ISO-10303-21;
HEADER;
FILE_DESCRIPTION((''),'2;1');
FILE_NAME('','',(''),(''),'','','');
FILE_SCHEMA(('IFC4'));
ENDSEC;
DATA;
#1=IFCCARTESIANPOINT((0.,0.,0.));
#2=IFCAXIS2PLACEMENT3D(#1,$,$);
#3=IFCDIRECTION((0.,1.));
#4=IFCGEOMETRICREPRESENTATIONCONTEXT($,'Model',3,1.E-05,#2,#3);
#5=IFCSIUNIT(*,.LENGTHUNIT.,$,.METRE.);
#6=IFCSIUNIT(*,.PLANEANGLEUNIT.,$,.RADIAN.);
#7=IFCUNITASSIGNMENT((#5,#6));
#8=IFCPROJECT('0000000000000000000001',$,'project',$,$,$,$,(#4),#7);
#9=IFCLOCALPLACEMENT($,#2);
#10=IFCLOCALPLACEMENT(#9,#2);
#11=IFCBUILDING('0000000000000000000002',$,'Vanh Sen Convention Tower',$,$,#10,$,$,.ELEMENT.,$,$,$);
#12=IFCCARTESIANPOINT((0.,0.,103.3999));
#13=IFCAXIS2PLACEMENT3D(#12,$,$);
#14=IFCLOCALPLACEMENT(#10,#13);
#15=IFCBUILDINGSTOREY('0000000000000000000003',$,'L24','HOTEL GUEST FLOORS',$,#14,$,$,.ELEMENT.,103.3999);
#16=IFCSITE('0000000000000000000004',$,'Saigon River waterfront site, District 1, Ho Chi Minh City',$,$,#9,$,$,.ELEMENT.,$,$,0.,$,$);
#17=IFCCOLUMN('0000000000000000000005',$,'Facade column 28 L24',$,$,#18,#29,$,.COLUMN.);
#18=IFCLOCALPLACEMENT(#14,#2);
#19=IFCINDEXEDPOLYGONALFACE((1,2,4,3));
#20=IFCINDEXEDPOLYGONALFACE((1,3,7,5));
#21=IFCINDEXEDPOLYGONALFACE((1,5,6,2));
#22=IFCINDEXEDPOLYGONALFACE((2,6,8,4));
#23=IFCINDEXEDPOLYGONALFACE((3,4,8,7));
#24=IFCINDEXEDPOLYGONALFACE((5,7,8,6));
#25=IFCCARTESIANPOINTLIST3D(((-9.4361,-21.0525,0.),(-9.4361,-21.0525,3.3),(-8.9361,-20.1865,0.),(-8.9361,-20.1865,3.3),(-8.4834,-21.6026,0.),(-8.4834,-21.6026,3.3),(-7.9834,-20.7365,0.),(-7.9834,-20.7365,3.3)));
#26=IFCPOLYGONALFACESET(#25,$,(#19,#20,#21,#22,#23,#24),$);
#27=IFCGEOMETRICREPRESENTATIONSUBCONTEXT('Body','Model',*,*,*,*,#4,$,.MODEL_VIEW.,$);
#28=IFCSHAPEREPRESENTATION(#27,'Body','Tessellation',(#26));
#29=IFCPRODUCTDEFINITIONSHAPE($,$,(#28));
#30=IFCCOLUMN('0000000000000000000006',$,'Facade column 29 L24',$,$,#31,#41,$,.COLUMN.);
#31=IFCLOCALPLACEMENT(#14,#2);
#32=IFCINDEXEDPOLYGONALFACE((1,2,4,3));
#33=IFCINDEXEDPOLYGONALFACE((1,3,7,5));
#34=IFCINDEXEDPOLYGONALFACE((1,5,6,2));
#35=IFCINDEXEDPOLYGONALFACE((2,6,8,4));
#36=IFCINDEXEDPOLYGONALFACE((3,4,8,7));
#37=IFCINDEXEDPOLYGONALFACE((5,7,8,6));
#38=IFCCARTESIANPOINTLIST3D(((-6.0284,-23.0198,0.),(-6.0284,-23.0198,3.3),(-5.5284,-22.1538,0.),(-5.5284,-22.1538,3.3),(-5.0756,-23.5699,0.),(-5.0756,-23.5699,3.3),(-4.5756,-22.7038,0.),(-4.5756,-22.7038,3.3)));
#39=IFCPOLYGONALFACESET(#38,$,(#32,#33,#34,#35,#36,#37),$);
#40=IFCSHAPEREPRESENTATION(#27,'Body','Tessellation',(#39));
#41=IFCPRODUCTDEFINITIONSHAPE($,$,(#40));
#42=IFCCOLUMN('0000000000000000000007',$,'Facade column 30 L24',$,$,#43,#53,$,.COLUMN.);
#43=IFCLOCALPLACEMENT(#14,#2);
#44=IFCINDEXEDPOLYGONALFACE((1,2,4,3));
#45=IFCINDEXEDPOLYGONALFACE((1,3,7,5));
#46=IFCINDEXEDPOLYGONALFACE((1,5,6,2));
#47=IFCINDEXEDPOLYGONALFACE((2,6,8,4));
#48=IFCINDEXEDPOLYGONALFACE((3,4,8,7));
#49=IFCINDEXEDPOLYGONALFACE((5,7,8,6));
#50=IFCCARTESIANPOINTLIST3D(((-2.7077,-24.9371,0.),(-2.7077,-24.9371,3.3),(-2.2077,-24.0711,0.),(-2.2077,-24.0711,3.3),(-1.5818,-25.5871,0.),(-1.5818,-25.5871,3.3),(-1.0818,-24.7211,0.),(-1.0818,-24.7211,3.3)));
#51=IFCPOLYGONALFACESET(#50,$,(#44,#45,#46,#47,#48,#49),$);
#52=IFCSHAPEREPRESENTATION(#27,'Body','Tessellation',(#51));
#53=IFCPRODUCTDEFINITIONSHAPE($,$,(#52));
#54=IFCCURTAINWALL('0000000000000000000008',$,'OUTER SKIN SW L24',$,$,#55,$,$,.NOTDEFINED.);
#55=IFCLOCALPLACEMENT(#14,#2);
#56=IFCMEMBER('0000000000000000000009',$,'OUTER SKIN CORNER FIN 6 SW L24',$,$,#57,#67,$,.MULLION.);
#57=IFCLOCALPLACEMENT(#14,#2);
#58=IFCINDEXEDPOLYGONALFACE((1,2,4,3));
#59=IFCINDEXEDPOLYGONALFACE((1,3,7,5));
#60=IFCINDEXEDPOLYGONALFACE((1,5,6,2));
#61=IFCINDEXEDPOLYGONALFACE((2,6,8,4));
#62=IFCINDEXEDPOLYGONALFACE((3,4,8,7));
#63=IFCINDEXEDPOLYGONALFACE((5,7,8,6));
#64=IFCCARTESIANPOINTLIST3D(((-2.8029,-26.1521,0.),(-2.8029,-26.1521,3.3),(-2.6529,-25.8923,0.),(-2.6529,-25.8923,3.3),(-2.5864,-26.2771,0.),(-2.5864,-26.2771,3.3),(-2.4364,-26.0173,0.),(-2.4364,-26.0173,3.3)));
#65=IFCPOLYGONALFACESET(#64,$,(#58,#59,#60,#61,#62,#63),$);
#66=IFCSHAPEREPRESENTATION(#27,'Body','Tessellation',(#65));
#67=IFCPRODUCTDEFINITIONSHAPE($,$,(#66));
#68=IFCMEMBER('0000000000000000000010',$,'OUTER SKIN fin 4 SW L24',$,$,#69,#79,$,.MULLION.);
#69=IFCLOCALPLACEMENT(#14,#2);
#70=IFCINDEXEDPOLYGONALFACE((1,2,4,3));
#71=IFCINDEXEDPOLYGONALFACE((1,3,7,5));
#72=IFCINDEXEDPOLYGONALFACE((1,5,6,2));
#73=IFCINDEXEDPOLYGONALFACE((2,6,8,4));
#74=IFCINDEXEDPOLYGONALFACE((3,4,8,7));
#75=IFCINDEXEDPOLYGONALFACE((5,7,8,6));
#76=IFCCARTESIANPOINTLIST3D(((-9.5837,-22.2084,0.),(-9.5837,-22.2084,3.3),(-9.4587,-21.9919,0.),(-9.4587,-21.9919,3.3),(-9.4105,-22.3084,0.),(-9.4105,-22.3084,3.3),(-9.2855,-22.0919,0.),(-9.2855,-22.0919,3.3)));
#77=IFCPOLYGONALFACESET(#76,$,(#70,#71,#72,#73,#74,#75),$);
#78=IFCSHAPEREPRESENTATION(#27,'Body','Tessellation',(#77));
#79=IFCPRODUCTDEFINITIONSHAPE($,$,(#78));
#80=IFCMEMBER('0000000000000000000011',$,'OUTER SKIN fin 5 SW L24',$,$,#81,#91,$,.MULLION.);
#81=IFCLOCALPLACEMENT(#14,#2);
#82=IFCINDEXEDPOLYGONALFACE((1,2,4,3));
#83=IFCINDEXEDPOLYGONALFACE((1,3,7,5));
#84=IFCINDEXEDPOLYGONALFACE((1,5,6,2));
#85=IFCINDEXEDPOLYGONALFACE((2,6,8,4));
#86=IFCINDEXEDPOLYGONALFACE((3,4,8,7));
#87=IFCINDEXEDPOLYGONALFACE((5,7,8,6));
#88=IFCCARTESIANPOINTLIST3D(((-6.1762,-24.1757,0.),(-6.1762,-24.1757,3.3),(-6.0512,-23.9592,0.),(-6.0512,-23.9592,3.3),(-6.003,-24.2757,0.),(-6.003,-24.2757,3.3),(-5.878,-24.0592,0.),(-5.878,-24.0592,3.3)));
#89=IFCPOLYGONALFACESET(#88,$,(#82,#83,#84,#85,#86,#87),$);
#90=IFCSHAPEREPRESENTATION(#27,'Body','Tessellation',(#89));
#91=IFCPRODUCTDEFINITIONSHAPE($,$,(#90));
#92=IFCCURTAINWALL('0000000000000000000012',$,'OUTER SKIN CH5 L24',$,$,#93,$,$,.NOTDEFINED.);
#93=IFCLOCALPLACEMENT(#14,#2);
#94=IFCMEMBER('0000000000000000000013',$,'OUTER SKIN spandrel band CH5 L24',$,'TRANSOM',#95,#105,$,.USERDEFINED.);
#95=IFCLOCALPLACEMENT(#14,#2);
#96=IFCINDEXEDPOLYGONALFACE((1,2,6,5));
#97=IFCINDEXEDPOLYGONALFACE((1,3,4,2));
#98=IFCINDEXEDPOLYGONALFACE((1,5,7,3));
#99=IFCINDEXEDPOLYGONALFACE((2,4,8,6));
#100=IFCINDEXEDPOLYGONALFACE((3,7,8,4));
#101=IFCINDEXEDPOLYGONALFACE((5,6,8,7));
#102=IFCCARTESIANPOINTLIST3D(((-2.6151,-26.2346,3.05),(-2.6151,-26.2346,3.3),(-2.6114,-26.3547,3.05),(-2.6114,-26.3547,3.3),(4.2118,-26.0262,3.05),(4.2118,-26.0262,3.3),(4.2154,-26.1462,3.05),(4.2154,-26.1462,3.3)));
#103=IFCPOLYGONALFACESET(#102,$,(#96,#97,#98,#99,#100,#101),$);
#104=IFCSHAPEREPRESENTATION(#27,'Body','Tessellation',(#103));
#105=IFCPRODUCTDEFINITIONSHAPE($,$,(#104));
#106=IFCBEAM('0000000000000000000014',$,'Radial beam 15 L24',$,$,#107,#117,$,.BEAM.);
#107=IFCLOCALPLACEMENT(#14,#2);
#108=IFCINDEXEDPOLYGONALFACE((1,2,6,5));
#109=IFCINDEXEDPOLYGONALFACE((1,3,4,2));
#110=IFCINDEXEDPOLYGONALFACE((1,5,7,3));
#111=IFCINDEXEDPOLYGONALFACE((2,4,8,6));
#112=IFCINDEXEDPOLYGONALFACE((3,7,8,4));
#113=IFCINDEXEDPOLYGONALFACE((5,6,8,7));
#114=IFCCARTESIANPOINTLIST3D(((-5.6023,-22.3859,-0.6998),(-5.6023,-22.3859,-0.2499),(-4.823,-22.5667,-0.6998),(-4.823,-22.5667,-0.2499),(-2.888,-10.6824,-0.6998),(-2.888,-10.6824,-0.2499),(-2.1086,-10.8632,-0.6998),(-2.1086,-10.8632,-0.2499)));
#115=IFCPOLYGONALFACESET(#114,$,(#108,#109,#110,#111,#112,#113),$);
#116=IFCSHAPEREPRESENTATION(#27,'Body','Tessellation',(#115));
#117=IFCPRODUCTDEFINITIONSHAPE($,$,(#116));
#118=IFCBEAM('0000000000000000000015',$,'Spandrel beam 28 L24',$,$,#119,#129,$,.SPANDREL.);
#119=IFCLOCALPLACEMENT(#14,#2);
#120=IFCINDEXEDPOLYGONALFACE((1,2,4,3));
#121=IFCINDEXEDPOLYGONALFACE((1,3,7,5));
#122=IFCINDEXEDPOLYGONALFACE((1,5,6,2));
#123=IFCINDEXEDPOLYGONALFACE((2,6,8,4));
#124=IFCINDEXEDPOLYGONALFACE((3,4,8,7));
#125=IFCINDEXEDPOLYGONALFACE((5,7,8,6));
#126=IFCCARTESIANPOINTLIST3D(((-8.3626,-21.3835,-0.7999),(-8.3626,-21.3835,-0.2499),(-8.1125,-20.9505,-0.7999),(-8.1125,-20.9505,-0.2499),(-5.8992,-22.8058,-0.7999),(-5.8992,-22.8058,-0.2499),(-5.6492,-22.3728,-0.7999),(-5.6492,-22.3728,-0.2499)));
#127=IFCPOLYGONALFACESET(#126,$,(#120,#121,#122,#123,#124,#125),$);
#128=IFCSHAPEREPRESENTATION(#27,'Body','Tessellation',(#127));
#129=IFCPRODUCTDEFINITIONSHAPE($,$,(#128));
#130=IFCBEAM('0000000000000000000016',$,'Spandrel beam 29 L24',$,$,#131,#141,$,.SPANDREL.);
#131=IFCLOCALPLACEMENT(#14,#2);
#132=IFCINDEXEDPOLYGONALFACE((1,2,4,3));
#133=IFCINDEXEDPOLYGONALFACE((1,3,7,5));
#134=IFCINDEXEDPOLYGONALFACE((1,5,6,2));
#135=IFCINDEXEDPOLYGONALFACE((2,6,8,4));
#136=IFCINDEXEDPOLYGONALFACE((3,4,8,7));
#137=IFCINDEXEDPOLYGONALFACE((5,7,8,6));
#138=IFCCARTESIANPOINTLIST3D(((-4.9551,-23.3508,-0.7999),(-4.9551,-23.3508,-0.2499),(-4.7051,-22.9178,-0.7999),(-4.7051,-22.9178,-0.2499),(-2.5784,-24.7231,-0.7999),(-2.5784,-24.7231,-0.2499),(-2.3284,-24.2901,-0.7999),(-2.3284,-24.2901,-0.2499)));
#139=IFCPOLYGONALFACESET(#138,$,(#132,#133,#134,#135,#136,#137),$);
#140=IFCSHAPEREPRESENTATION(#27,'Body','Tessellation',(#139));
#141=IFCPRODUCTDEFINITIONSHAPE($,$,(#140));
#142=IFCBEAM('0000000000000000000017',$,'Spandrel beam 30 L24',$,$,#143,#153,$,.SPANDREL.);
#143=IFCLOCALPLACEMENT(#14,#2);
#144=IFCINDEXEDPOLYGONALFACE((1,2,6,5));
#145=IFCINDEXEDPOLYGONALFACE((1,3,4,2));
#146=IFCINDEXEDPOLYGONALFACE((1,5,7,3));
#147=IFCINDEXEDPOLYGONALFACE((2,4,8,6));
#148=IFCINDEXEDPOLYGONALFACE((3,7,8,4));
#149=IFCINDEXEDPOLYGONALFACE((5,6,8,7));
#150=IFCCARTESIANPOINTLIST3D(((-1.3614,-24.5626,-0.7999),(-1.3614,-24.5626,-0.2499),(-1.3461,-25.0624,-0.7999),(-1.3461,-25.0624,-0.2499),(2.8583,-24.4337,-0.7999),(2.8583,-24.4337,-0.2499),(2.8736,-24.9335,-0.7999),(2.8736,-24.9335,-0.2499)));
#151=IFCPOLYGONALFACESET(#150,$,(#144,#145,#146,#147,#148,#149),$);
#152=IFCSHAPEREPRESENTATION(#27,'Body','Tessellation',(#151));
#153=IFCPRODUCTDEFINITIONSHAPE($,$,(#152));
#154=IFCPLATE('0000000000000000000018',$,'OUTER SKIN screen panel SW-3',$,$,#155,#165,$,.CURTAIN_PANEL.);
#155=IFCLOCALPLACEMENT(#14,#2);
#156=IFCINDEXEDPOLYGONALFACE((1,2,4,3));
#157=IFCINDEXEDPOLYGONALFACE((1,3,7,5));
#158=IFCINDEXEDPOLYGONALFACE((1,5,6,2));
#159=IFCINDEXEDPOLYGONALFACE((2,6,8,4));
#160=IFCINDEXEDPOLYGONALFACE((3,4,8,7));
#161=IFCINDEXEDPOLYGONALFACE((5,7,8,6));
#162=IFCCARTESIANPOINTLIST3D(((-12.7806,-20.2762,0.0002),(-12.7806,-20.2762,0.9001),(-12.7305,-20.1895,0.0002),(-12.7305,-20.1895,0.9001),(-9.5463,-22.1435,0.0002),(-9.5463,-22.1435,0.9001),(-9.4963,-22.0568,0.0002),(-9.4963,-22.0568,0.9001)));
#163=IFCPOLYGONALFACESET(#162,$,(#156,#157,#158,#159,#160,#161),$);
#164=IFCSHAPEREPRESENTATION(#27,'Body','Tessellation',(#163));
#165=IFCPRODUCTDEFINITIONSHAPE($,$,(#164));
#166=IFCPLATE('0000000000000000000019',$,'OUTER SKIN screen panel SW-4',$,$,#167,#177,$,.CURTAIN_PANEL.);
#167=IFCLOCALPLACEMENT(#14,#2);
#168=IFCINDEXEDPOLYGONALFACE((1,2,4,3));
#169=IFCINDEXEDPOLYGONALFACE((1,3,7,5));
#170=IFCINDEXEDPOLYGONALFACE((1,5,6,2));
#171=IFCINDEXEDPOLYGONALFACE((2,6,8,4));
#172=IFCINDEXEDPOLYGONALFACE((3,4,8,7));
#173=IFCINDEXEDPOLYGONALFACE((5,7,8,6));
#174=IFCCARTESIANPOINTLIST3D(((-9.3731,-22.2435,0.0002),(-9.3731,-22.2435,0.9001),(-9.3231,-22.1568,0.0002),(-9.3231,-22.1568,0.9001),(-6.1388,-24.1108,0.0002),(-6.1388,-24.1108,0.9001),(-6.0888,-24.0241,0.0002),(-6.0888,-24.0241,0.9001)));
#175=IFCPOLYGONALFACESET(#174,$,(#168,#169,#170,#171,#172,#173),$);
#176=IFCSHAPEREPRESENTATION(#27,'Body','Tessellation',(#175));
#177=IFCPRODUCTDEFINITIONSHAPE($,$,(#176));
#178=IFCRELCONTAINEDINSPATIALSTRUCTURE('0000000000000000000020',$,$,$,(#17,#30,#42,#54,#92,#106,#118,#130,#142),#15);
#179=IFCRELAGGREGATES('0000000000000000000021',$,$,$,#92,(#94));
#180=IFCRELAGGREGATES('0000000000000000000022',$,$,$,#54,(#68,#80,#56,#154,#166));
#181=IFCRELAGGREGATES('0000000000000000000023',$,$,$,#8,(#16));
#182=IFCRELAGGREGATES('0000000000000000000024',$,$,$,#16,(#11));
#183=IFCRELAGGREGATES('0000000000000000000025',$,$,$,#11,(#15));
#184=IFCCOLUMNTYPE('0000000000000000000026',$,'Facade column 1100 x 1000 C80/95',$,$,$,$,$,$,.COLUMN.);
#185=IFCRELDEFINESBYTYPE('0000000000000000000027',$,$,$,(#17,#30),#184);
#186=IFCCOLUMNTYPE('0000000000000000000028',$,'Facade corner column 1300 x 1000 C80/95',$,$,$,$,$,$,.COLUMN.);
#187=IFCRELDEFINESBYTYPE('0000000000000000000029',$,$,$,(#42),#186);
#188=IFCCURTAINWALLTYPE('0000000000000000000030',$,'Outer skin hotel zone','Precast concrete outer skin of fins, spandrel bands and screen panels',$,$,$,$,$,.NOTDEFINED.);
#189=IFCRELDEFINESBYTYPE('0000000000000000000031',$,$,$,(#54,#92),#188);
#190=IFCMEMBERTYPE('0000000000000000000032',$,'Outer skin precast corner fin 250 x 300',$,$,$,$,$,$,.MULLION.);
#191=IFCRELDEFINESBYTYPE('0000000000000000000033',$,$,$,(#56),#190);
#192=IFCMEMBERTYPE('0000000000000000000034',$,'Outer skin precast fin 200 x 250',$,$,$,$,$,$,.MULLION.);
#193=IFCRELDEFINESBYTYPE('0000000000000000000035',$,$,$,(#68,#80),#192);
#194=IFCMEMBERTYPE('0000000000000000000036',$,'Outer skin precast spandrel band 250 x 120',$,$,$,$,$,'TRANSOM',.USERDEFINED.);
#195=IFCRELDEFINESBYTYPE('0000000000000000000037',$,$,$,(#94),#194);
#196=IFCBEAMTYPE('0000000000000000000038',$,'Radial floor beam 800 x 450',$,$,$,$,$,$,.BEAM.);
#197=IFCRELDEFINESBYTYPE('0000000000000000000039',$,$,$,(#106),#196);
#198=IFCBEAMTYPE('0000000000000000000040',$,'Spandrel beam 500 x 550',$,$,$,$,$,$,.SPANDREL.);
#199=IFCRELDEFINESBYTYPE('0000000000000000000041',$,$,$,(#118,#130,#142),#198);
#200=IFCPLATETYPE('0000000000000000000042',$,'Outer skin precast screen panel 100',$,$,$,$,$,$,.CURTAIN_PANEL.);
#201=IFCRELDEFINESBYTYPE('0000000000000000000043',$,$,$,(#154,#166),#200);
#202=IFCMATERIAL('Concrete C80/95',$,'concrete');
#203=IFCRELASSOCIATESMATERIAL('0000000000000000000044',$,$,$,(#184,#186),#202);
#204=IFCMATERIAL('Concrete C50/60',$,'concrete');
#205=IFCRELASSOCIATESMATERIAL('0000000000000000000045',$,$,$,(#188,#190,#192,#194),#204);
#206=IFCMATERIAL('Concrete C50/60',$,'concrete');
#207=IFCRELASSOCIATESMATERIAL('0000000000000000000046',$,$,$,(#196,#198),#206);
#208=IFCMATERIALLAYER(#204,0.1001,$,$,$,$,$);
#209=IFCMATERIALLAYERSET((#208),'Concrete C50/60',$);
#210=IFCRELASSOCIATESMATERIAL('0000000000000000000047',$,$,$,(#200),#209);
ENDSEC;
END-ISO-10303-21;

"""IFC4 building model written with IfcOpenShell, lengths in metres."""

from ifc_helpers import new_model, si_unit, direction, frame, origin, origin_2d, place, context, subcontext, project, spatial, rectangle, extrude, material, layer, layer_set, material_profile, profile_set, type_object, element, aggregate, save


model = new_model("IFC4")

# Units and contexts
model_context = context("Model", 3, precision=1e-05, world=origin(), true_north=direction((0.0, 1.0)))
body_context = subcontext(model_context, "Body", "Model", "MODEL_VIEW")
ifc_project = project(units=[si_unit("LENGTHUNIT", "METRE"), si_unit("PLANEANGLEUNIT", "RADIAN")], contexts=[model_context])

# Site, building, storey
site_placement = place(None, origin())
site = spatial("IfcSite", under=ifc_project, at=site_placement, Name="Saigon River waterfront site, District 1, Ho Chi Minh City", CompositionType="ELEMENT", RefElevation=0.0)
building_placement = place(site_placement, origin())
building = spatial("IfcBuilding", under=site, at=building_placement, Name="Vanh Sen Convention Tower", CompositionType="ELEMENT")
storey_placement = place(building_placement, frame((0.0, 0.0, 103.3999)))
storey = spatial("IfcBuildingStorey", under=building, at=storey_placement, Name="L24", Description="HOTEL GUEST FLOORS", CompositionType="ELEMENT", Elevation=103.3999)

# Columns
ifc_material_1 = material(Name="Concrete C80/95", Category="concrete")
ifc_material_profile_1 = material_profile(ifc_material_1, rectangle(XDim=1.1001, YDim=1.0, at=origin_2d()), Name="RC 1100X1000")
ifc_profile_set_1 = profile_set([ifc_material_profile_1], Name="Concrete C80/95")
column_type_1 = type_object("IfcColumnType", Name="Facade column 1100 x 1000 C80/95", PredefinedType="COLUMN", material=ifc_profile_set_1)
for number, where, z_axis, x_axis, name in (
    (1, (-8.7097, -20.8945, 0.0), (0.0, 0.0, 1.0), (0.866025, -0.5, 0.0), "Facade column 28 L24"),
    (2, (-5.302, -22.8618, 0.0), (0.0, 0.0, 1.0), (0.866025, -0.5, 0.0), "Facade column 29 L24"),
):
    element("IfcColumn", number, at=place(storey_placement, frame(where, z_axis=z_axis, x_axis=x_axis)), inside=storey, type_object=column_type_1, Name=name, PredefinedType="COLUMN", context=body_context, shape_type="SweptSolid", body=[
        extrude(rectangle(XDim=1.1001, YDim=1.0, at=origin_2d()), origin(), (0.0, 0.0, 1.0), 3.3),
    ])
ifc_material_profile_2 = material_profile(ifc_material_1, rectangle(XDim=1.3, YDim=1.0, at=origin_2d()), Name="RC 1300X1000")
ifc_profile_set_2 = profile_set([ifc_material_profile_2], Name="Concrete C80/95")
column_type_2 = type_object("IfcColumnType", Name="Facade corner column 1300 x 1000 C80/95", PredefinedType="COLUMN", material=ifc_profile_set_2)
column_placement = place(storey_placement, frame((-1.8948, -24.8291, 0.0), z_axis=(0.0, 0.0, 1.0), x_axis=(0.866025, -0.5, 0.0)))
element("IfcColumn", 3, at=column_placement, inside=storey, type_object=column_type_2, Name="Facade column 30 L24", PredefinedType="COLUMN", context=body_context, shape_type="SweptSolid", body=[
    extrude(rectangle(XDim=1.3, YDim=1.0, at=origin_2d()), origin(), (0.0, 0.0, 1.0), 3.3),
])

# Curtain wall, members
ifc_material_2 = material(Name="Concrete C50/60", Category="concrete")
curtain_wall_type = type_object("IfcCurtainWallType", Name="Outer skin hotel zone", Description="Precast concrete outer skin of fins, spandrel bands and screen panels", PredefinedType="NOTDEFINED", material=ifc_material_2)
curtain_wall_1_placement = place(storey_placement, origin())
curtain_wall_1 = element("IfcCurtainWall", 4, at=curtain_wall_1_placement, inside=storey, type_object=curtain_wall_type, Name="OUTER SKIN SW L24", PredefinedType="NOTDEFINED")
ifc_material_profile_3 = material_profile(ifc_material_2, rectangle(XDim=0.25, YDim=0.3, at=origin_2d()), Name="Outer skin precast corner fin 250 x 300")
ifc_profile_set_3 = profile_set([ifc_material_profile_3], Name="Concrete C50/60")
member_type_1 = type_object("IfcMemberType", Name="Outer skin precast corner fin 250 x 300", PredefinedType="MULLION", material=ifc_profile_set_3)
member_1_placement = place(storey_placement, frame((-2.6196, -26.0847, 0.0), z_axis=(0.0, 0.0, 1.0), x_axis=(0.866025, -0.5, 0.0)))
member_1 = element("IfcMember", 5, at=member_1_placement, type_object=member_type_1, Name="OUTER SKIN CORNER FIN 6 SW L24", PredefinedType="MULLION", context=body_context, shape_type="SweptSolid", body=[
    extrude(rectangle(XDim=0.25, YDim=0.3, at=origin_2d()), origin(), (0.0, 0.0, 1.0), 3.3),
])
ifc_material_profile_4 = material_profile(ifc_material_2, rectangle(XDim=0.2, YDim=0.25, at=origin_2d()), Name="Outer skin precast fin 200 x 250")
ifc_profile_set_4 = profile_set([ifc_material_profile_4], Name="Concrete C50/60")
member_type_2 = type_object("IfcMemberType", Name="Outer skin precast fin 200 x 250", PredefinedType="MULLION", material=ifc_profile_set_4)
member_2_placement = place(storey_placement, frame((-9.4346, -22.1501, 0.0), z_axis=(0.0, 0.0, 1.0), x_axis=(0.866025, -0.5, 0.0)))
member_2 = element("IfcMember", 6, at=member_2_placement, type_object=member_type_2, Name="OUTER SKIN fin 4 SW L24", PredefinedType="MULLION", context=body_context, shape_type="SweptSolid", body=[
    extrude(rectangle(XDim=0.2, YDim=0.25, at=origin_2d()), origin(), (0.0, 0.0, 1.0), 3.3),
])
member_3_placement = place(storey_placement, frame((-6.0271, -24.1174, 0.0), z_axis=(0.0, 0.0, 1.0), x_axis=(0.866025, -0.5, 0.0)))
member_3 = element("IfcMember", 7, at=member_3_placement, type_object=member_type_2, Name="OUTER SKIN fin 5 SW L24", PredefinedType="MULLION", context=body_context, shape_type="SweptSolid", body=[
    extrude(rectangle(XDim=0.2, YDim=0.25, at=origin_2d()), origin(), (0.0, 0.0, 1.0), 3.3),
])

# Curtain wall, member
curtain_wall_2_placement = place(storey_placement, origin())
curtain_wall_2 = element("IfcCurtainWall", 8, at=curtain_wall_2_placement, inside=storey, type_object=curtain_wall_type, Name="OUTER SKIN CH5 L24", PredefinedType="NOTDEFINED")
ifc_material_profile_5 = material_profile(ifc_material_2, rectangle(XDim=0.1201, YDim=0.25, at=origin_2d()), Name="Outer skin precast spandrel band 250 x 120")
ifc_profile_set_5 = profile_set([ifc_material_profile_5], Name="Concrete C50/60")
member_type_3 = type_object("IfcMemberType", Name="Outer skin precast spandrel band 250 x 120", ElementType="TRANSOM", PredefinedType="USERDEFINED", material=ifc_profile_set_5)
member_4_placement = place(storey_placement, frame((-2.6133, -26.2947, 3.175), z_axis=(0.999534, 0.030526, 0.0), x_axis=(-0.030526, 0.999534, 0.0)))
member_4 = element("IfcMember", 9, at=member_4_placement, type_object=member_type_3, Name="OUTER SKIN spandrel band CH5 L24", ObjectType="TRANSOM", PredefinedType="USERDEFINED", context=body_context, shape_type="SweptSolid", body=[
    extrude(rectangle(XDim=0.1201, YDim=0.25, at=origin_2d()), origin(), (0.0, 0.0, 1.0), 6.8301),
])
aggregate(curtain_wall_2, [member_4])

# Beams
ifc_material_3 = material(Name="Concrete C50/60", Category="concrete")
ifc_material_profile_6 = material_profile(ifc_material_3, rectangle(XDim=0.8, YDim=0.45, at=origin_2d()), Name="RC 800X450")
ifc_profile_set_6 = profile_set([ifc_material_profile_6], Name="Concrete C50/60")
beam_type_1 = type_object("IfcBeamType", Name="Radial floor beam 800 x 450", PredefinedType="BEAM", material=ifc_profile_set_6)
beam_1_placement = place(storey_placement, frame((-5.2126, -22.4763, -0.4749), z_axis=(0.225928, 0.974144, 0.0), x_axis=(-0.974144, 0.225928, 0.0)))
element("IfcBeam", 10, at=beam_1_placement, inside=storey, type_object=beam_type_1, Name="Radial beam 15 L24", PredefinedType="BEAM", context=body_context, shape_type="SweptSolid", body=[
    extrude(rectangle(XDim=0.8, YDim=0.45, at=origin_2d()), origin(), (0.0, 0.0, 1.0), 12.0142),
])
ifc_material_profile_7 = material_profile(ifc_material_3, rectangle(XDim=0.5, YDim=0.55, at=origin_2d()), Name="RC 500X550")
ifc_profile_set_7 = profile_set([ifc_material_profile_7], Name="Concrete C50/60")
beam_type_2 = type_object("IfcBeamType", Name="Spandrel beam 500 x 550", PredefinedType="SPANDREL", material=ifc_profile_set_7)
beam_2_placement = place(storey_placement, frame((-8.2375, -21.167, -0.5249), z_axis=(0.866005, -0.500034, 0.0), x_axis=(0.500034, 0.866005, 0.0)))
element("IfcBeam", 11, at=beam_2_placement, inside=storey, type_object=beam_type_2, Name="Spandrel beam 28 L24", PredefinedType="SPANDREL", context=body_context, shape_type="SweptSolid", body=[
    extrude(rectangle(XDim=0.5, YDim=0.55, at=origin_2d()), origin(), (0.0, 0.0, 1.0), 2.8445),
])
beam_3_placement = place(storey_placement, frame((-4.8301, -23.1343, -0.5249), z_axis=(0.866006, -0.500033, 0.0), x_axis=(0.500033, 0.866006, 0.0)))
element("IfcBeam", 12, at=beam_3_placement, inside=storey, type_object=beam_type_2, Name="Spandrel beam 29 L24", PredefinedType="SPANDREL", context=body_context, shape_type="SweptSolid", body=[
    extrude(rectangle(XDim=0.5, YDim=0.55, at=origin_2d()), origin(), (0.0, 0.0, 1.0), 2.7444),
])
beam_4_placement = place(storey_placement, frame((-1.3538, -24.8125, -0.5249), z_axis=(0.999534, 0.030534, 0.0), x_axis=(-0.030534, 0.999534, 0.0)))
element("IfcBeam", 13, at=beam_4_placement, inside=storey, type_object=beam_type_2, Name="Spandrel beam 30 L24", PredefinedType="SPANDREL", context=body_context, shape_type="SweptSolid", body=[
    extrude(rectangle(XDim=0.5, YDim=0.55, at=origin_2d()), origin(), (0.0, 0.0, 1.0), 4.2217),
])

# Plates
ifc_layer_1 = layer(ifc_material_2, 0.1001)
ifc_layer_set_1 = layer_set([ifc_layer_1], Name="Concrete C50/60")
plate_type = type_object("IfcPlateType", Name="Outer skin precast screen panel 100", PredefinedType="CURTAIN_PANEL", material=ifc_layer_set_1)
plate_1_placement = place(storey_placement, frame((-11.1384, -21.1665, 0.0002), z_axis=(0.0, 0.0, 1.0), x_axis=(0.866028, -0.499995, 0.0)))
plate_1 = element("IfcPlate", 14, at=plate_1_placement, type_object=plate_type, Name="OUTER SKIN screen panel SW-3", PredefinedType="CURTAIN_PANEL", context=body_context, shape_type="SweptSolid", body=[
    extrude(rectangle(XDim=3.7346, YDim=0.1001, at=origin_2d()), origin(), (0.0, 0.0, 1.0), 0.8999),
])
plate_2_placement = place(storey_placement, frame((-7.731, -23.1338, 0.0002), z_axis=(0.0, 0.0, 1.0), x_axis=(0.866028, -0.499995, 0.0)))
plate_2 = element("IfcPlate", 15, at=plate_2_placement, type_object=plate_type, Name="OUTER SKIN screen panel SW-4", PredefinedType="CURTAIN_PANEL", context=body_context, shape_type="SweptSolid", body=[
    extrude(rectangle(XDim=3.7346, YDim=0.1001, at=origin_2d()), origin(), (0.0, 0.0, 1.0), 0.8999),
])
aggregate(curtain_wall_1, [member_2, member_3, member_1, plate_1, plate_2])

save(model, "model.ifc")
